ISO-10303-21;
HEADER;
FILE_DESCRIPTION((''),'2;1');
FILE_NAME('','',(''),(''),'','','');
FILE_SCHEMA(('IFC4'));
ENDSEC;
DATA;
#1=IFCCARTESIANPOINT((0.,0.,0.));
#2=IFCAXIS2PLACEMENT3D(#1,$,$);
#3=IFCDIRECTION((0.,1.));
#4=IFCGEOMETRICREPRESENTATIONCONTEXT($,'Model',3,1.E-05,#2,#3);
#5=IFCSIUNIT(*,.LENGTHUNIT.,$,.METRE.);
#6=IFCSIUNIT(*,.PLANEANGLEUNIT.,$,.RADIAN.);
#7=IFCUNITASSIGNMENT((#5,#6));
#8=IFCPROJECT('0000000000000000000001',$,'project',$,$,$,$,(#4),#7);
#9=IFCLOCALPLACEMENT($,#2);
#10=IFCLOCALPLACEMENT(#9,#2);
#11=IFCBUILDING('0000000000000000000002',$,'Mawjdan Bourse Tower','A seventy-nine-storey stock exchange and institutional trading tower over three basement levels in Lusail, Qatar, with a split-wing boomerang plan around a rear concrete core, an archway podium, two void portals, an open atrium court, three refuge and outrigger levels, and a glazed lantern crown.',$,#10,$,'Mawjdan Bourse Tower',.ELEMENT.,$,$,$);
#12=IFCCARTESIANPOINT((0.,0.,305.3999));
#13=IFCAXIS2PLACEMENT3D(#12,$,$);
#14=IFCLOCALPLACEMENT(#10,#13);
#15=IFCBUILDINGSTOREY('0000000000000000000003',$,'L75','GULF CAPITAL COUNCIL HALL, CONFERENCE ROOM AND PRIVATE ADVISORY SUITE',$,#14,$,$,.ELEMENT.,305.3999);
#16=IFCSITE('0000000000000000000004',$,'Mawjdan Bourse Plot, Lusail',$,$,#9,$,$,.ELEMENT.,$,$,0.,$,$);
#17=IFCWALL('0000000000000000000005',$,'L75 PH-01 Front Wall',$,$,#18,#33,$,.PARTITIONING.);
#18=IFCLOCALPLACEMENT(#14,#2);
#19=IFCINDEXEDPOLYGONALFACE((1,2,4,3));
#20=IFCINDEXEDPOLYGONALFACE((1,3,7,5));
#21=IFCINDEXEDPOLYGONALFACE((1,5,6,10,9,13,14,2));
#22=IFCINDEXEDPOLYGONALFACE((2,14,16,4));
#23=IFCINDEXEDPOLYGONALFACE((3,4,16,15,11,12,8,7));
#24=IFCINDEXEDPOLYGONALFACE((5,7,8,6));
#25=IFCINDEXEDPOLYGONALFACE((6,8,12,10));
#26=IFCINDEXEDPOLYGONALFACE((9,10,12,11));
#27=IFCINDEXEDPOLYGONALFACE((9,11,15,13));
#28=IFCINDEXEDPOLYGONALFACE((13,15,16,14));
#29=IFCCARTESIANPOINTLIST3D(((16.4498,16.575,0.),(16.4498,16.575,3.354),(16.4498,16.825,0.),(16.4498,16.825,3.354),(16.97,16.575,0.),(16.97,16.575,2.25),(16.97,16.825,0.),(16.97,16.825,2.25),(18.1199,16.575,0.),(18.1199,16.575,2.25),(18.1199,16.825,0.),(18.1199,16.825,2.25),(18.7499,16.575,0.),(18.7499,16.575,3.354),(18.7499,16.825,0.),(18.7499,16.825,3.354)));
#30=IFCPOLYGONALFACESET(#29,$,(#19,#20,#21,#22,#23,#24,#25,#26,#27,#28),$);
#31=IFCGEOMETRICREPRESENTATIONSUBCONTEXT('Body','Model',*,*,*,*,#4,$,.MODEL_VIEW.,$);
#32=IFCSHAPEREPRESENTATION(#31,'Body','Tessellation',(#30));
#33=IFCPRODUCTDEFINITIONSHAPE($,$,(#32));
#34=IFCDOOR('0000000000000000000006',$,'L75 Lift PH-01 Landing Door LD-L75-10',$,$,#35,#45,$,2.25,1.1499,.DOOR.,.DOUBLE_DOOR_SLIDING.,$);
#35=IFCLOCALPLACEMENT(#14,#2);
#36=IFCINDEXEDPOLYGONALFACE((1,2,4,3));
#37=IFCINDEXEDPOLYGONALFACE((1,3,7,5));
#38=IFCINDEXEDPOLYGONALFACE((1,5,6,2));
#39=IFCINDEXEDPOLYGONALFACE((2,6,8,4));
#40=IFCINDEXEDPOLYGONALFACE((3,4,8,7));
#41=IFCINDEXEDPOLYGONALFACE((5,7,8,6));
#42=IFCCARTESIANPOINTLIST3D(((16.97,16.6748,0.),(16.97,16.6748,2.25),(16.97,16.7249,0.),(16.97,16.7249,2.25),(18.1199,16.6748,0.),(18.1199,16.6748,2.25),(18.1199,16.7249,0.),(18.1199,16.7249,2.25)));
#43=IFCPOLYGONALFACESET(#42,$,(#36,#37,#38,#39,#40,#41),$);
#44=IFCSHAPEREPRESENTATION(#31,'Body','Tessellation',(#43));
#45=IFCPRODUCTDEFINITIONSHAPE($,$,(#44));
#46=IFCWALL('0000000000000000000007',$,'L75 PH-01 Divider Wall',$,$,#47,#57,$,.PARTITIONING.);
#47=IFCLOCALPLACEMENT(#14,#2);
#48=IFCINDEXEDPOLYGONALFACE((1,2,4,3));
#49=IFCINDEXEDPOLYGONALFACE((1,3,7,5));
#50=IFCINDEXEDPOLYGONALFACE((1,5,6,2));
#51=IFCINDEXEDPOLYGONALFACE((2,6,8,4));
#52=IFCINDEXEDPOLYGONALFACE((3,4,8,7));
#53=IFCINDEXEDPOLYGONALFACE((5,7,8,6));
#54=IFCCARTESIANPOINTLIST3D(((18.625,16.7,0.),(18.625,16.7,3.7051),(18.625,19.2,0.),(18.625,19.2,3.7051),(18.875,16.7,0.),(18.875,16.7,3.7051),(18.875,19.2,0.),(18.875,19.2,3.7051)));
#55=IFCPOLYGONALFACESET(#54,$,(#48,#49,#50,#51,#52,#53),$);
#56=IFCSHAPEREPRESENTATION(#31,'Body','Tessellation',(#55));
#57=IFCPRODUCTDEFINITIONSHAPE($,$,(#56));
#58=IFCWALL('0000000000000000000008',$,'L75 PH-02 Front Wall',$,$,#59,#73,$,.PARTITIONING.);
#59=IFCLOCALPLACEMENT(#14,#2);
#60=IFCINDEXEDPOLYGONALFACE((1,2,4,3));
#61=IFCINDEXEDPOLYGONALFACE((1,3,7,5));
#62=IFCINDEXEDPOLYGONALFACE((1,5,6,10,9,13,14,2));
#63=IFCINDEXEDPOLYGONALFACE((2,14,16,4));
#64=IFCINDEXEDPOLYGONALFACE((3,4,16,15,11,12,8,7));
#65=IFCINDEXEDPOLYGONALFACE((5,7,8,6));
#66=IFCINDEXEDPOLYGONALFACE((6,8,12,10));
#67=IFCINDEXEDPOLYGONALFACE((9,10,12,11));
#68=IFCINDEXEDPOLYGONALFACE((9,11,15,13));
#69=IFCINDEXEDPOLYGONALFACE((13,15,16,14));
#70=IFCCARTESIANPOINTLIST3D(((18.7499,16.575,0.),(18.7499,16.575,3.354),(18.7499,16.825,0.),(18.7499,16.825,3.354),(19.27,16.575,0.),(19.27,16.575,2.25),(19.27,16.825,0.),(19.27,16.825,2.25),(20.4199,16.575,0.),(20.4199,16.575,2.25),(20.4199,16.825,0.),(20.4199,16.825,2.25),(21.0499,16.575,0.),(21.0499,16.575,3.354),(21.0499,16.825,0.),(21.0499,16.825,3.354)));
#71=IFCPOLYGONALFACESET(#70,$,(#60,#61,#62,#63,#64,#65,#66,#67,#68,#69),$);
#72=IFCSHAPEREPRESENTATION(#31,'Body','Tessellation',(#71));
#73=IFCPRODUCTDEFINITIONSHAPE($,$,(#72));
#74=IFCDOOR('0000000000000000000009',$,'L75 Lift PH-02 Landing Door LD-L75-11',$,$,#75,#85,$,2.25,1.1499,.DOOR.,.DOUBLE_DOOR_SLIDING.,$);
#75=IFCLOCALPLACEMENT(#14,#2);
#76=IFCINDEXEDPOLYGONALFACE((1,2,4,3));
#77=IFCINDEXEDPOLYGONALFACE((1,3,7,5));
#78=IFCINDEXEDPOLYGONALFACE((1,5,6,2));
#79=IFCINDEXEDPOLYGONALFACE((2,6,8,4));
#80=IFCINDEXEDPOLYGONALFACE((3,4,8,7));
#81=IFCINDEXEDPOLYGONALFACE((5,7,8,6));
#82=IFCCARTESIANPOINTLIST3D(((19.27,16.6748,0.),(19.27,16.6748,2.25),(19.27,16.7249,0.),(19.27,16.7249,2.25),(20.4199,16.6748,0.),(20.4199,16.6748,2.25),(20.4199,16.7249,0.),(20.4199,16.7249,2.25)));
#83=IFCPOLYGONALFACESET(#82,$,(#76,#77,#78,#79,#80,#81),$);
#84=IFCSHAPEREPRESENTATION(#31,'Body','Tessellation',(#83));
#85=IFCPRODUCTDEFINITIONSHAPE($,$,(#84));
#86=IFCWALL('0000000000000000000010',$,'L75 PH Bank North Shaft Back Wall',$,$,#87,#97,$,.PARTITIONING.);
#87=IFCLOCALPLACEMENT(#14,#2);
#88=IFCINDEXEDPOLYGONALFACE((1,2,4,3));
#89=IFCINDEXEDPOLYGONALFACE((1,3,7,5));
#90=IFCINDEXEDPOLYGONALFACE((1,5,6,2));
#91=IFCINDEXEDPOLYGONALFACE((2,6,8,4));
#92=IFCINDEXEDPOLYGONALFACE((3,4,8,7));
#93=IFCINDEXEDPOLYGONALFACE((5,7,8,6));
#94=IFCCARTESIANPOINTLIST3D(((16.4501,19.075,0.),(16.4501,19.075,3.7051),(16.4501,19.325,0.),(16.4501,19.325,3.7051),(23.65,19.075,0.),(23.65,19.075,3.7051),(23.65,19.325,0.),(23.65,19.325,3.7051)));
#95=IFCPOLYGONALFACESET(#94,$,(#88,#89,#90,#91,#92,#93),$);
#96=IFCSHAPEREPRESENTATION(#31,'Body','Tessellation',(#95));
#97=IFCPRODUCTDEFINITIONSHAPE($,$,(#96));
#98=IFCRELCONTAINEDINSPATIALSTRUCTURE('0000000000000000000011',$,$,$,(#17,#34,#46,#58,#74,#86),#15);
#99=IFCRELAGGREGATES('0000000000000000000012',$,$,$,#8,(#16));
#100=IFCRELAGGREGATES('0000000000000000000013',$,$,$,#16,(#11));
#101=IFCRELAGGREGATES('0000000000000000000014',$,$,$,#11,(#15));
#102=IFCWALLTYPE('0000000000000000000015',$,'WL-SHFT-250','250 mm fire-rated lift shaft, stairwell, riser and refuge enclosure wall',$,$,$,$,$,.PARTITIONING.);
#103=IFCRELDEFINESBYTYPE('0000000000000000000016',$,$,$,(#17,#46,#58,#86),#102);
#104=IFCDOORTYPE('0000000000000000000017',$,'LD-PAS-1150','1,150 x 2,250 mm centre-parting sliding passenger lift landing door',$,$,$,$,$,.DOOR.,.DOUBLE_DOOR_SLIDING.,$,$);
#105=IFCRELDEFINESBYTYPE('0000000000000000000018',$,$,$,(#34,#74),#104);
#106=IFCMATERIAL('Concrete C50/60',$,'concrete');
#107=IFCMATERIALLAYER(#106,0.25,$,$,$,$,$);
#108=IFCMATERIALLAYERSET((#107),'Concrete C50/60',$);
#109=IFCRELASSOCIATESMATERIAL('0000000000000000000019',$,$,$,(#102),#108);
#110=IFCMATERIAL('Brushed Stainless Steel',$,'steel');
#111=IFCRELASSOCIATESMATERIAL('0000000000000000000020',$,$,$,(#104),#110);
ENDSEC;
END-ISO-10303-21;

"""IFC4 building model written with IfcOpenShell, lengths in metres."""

from ifc_helpers import new_model, si_unit, direction, frame, frame_2d, origin, place, context, subcontext, project, spatial, rectangle, extrude, material, layer, layer_set, type_object, element, fill, save


model = new_model("IFC4")

# Units and contexts
model_context = context("Model", 3, precision=1e-05, world=origin(), true_north=direction((0.0, 1.0)))
body_context = subcontext(model_context, "Body", "Model", "MODEL_VIEW")
ifc_project = project(units=[si_unit("LENGTHUNIT", "METRE"), si_unit("PLANEANGLEUNIT", "RADIAN")], contexts=[model_context])

# Site, building, storey
site_placement = place(None, origin())
site = spatial("IfcSite", under=ifc_project, at=site_placement, Name="Mawjdan Bourse Plot, Lusail", CompositionType="ELEMENT", RefElevation=0.0)
building_placement = place(site_placement, origin())
building = spatial("IfcBuilding", under=site, at=building_placement, Name="Mawjdan Bourse Tower", Description="A seventy-nine-storey stock exchange and institutional trading tower over three basement levels in Lusail, Qatar, with a split-wing boomerang plan around a rear concrete core, an archway podium, two void portals, an open atrium court, three refuge and outrigger levels, and a glazed lantern crown.", LongName="Mawjdan Bourse Tower", CompositionType="ELEMENT")
storey_placement = place(building_placement, frame((0.0, 0.0, 305.3999)))
storey = spatial("IfcBuildingStorey", under=building, at=storey_placement, Name="L75", Description="GULF CAPITAL COUNCIL HALL, CONFERENCE ROOM AND PRIVATE ADVISORY SUITE", CompositionType="ELEMENT", Elevation=305.3999)

# Shared definitions
ifc_material_1 = material(Name="Concrete C50/60", Category="concrete")
ifc_layer_1 = layer(ifc_material_1, 0.25)
ifc_layer_set_1 = layer_set([ifc_layer_1], Name="Concrete C50/60")
wall_type_1 = type_object("IfcWallType", Name="WL-SHFT-250", Description="250 mm fire-rated lift shaft, stairwell, riser and refuge enclosure wall", PredefinedType="PARTITIONING", material=ifc_layer_set_1)
ifc_material_2 = material(Name="Brushed Stainless Steel", Category="steel")

# Wall, opening, door
wall_1_placement = place(storey_placement, frame((16.45, 16.7, 0.0), z_axis=(0.0, 0.0, 1.0), x_axis=(1.0, 0.0, 0.0)))
wall_1 = element("IfcWall", 1, at=wall_1_placement, inside=storey, type_object=wall_type_1, Name="L75 PH-01 Front Wall", PredefinedType="PARTITIONING", context=body_context, shape_type="SweptSolid", body=[
    extrude(rectangle(XDim=2.3, YDim=0.25, at=frame_2d((1.1499, 0.0))), origin(), (0.0, 0.0, 1.0), 3.354),
])
opening_1_placement = place(wall_1_placement, frame((0.52, 0.0, 0.0)))
opening_1 = element("IfcOpeningElement", 2, at=opening_1_placement, cuts=wall_1, PredefinedType="OPENING", context=body_context, shape_type="SweptSolid", body=[
    extrude(rectangle(XDim=1.1499, YDim=2.25, at=frame_2d((0.575, 1.125))), frame((0.0, 0.135, 0.0), z_axis=(0.0, -1.0, 0.0), x_axis=(1.0, 0.0, 0.0)), (0.0, 0.0, 1.0), 0.27),
])
door_type_1 = type_object("IfcDoorType", Name="LD-PAS-1150", Description="1,150 x 2,250 mm centre-parting sliding passenger lift landing door", OperationType="DOUBLE_DOOR_SLIDING", PredefinedType="DOOR", material=ifc_material_2)
door_1_placement = place(opening_1_placement, origin())
door_1 = element("IfcDoor", 3, at=door_1_placement, inside=storey, type_object=door_type_1, Name="L75 Lift PH-01 Landing Door LD-L75-10", OperationType="DOUBLE_DOOR_SLIDING", OverallHeight=2.25, OverallWidth=1.1499, PredefinedType="DOOR", context=body_context, shape_type="SweptSolid", body=[
    extrude(rectangle(XDim=1.1499, YDim=2.25, at=frame_2d((0.575, 1.125))), frame((0.0, 0.0249, 0.0), z_axis=(0.0, -1.0, 0.0), x_axis=(1.0, 0.0, 0.0)), (0.0, 0.0, 1.0), 0.05),
])
fill(opening_1, door_1)

# Wall
wall_2_placement = place(storey_placement, frame((18.75, 16.7, 0.0), z_axis=(0.0, 0.0, 1.0), x_axis=(0.0, 1.0, 0.0)))
element("IfcWall", 4, at=wall_2_placement, inside=storey, type_object=wall_type_1, Name="L75 PH-01 Divider Wall", PredefinedType="PARTITIONING", context=body_context, shape_type="SweptSolid", body=[
    extrude(rectangle(XDim=2.5, YDim=0.25, at=frame_2d((1.25, 0.0))), origin(), (0.0, 0.0, 1.0), 3.7051),
])

# Wall, opening, door
wall_3_placement = place(storey_placement, frame((18.75, 16.7, 0.0), z_axis=(0.0, 0.0, 1.0), x_axis=(1.0, 0.0, 0.0)))
wall_3 = element("IfcWall", 5, at=wall_3_placement, inside=storey, type_object=wall_type_1, Name="L75 PH-02 Front Wall", PredefinedType="PARTITIONING", context=body_context, shape_type="SweptSolid", body=[
    extrude(rectangle(XDim=2.3, YDim=0.25, at=frame_2d((1.1499, 0.0))), origin(), (0.0, 0.0, 1.0), 3.354),
])
opening_2_placement = place(wall_3_placement, frame((0.52, 0.0, 0.0)))
opening_2 = element("IfcOpeningElement", 6, at=opening_2_placement, cuts=wall_3, PredefinedType="OPENING", context=body_context, shape_type="SweptSolid", body=[
    extrude(rectangle(XDim=1.1499, YDim=2.25, at=frame_2d((0.575, 1.125))), frame((0.0, 0.135, 0.0), z_axis=(0.0, -1.0, 0.0), x_axis=(1.0, 0.0, 0.0)), (0.0, 0.0, 1.0), 0.27),
])
door_2_placement = place(opening_2_placement, origin())
door_2 = element("IfcDoor", 7, at=door_2_placement, inside=storey, type_object=door_type_1, Name="L75 Lift PH-02 Landing Door LD-L75-11", OperationType="DOUBLE_DOOR_SLIDING", OverallHeight=2.25, OverallWidth=1.1499, PredefinedType="DOOR", context=body_context, shape_type="SweptSolid", body=[
    extrude(rectangle(XDim=1.1499, YDim=2.25, at=frame_2d((0.575, 1.125))), frame((0.0, 0.0249, 0.0), z_axis=(0.0, -1.0, 0.0), x_axis=(1.0, 0.0, 0.0)), (0.0, 0.0, 1.0), 0.05),
])
fill(opening_2, door_2)

# Wall
wall_4_placement = place(storey_placement, frame((16.45, 19.2, 0.0), z_axis=(0.0, 0.0, 1.0), x_axis=(1.0, 0.0, 0.0)))
element("IfcWall", 8, at=wall_4_placement, inside=storey, type_object=wall_type_1, Name="L75 PH Bank North Shaft Back Wall", PredefinedType="PARTITIONING", context=body_context, shape_type="SweptSolid", body=[
    extrude(rectangle(XDim=7.2, YDim=0.25, at=frame_2d((3.6001, 0.0))), origin(), (0.0, 0.0, 1.0), 3.7051),
])

save(model, "model.ifc")
